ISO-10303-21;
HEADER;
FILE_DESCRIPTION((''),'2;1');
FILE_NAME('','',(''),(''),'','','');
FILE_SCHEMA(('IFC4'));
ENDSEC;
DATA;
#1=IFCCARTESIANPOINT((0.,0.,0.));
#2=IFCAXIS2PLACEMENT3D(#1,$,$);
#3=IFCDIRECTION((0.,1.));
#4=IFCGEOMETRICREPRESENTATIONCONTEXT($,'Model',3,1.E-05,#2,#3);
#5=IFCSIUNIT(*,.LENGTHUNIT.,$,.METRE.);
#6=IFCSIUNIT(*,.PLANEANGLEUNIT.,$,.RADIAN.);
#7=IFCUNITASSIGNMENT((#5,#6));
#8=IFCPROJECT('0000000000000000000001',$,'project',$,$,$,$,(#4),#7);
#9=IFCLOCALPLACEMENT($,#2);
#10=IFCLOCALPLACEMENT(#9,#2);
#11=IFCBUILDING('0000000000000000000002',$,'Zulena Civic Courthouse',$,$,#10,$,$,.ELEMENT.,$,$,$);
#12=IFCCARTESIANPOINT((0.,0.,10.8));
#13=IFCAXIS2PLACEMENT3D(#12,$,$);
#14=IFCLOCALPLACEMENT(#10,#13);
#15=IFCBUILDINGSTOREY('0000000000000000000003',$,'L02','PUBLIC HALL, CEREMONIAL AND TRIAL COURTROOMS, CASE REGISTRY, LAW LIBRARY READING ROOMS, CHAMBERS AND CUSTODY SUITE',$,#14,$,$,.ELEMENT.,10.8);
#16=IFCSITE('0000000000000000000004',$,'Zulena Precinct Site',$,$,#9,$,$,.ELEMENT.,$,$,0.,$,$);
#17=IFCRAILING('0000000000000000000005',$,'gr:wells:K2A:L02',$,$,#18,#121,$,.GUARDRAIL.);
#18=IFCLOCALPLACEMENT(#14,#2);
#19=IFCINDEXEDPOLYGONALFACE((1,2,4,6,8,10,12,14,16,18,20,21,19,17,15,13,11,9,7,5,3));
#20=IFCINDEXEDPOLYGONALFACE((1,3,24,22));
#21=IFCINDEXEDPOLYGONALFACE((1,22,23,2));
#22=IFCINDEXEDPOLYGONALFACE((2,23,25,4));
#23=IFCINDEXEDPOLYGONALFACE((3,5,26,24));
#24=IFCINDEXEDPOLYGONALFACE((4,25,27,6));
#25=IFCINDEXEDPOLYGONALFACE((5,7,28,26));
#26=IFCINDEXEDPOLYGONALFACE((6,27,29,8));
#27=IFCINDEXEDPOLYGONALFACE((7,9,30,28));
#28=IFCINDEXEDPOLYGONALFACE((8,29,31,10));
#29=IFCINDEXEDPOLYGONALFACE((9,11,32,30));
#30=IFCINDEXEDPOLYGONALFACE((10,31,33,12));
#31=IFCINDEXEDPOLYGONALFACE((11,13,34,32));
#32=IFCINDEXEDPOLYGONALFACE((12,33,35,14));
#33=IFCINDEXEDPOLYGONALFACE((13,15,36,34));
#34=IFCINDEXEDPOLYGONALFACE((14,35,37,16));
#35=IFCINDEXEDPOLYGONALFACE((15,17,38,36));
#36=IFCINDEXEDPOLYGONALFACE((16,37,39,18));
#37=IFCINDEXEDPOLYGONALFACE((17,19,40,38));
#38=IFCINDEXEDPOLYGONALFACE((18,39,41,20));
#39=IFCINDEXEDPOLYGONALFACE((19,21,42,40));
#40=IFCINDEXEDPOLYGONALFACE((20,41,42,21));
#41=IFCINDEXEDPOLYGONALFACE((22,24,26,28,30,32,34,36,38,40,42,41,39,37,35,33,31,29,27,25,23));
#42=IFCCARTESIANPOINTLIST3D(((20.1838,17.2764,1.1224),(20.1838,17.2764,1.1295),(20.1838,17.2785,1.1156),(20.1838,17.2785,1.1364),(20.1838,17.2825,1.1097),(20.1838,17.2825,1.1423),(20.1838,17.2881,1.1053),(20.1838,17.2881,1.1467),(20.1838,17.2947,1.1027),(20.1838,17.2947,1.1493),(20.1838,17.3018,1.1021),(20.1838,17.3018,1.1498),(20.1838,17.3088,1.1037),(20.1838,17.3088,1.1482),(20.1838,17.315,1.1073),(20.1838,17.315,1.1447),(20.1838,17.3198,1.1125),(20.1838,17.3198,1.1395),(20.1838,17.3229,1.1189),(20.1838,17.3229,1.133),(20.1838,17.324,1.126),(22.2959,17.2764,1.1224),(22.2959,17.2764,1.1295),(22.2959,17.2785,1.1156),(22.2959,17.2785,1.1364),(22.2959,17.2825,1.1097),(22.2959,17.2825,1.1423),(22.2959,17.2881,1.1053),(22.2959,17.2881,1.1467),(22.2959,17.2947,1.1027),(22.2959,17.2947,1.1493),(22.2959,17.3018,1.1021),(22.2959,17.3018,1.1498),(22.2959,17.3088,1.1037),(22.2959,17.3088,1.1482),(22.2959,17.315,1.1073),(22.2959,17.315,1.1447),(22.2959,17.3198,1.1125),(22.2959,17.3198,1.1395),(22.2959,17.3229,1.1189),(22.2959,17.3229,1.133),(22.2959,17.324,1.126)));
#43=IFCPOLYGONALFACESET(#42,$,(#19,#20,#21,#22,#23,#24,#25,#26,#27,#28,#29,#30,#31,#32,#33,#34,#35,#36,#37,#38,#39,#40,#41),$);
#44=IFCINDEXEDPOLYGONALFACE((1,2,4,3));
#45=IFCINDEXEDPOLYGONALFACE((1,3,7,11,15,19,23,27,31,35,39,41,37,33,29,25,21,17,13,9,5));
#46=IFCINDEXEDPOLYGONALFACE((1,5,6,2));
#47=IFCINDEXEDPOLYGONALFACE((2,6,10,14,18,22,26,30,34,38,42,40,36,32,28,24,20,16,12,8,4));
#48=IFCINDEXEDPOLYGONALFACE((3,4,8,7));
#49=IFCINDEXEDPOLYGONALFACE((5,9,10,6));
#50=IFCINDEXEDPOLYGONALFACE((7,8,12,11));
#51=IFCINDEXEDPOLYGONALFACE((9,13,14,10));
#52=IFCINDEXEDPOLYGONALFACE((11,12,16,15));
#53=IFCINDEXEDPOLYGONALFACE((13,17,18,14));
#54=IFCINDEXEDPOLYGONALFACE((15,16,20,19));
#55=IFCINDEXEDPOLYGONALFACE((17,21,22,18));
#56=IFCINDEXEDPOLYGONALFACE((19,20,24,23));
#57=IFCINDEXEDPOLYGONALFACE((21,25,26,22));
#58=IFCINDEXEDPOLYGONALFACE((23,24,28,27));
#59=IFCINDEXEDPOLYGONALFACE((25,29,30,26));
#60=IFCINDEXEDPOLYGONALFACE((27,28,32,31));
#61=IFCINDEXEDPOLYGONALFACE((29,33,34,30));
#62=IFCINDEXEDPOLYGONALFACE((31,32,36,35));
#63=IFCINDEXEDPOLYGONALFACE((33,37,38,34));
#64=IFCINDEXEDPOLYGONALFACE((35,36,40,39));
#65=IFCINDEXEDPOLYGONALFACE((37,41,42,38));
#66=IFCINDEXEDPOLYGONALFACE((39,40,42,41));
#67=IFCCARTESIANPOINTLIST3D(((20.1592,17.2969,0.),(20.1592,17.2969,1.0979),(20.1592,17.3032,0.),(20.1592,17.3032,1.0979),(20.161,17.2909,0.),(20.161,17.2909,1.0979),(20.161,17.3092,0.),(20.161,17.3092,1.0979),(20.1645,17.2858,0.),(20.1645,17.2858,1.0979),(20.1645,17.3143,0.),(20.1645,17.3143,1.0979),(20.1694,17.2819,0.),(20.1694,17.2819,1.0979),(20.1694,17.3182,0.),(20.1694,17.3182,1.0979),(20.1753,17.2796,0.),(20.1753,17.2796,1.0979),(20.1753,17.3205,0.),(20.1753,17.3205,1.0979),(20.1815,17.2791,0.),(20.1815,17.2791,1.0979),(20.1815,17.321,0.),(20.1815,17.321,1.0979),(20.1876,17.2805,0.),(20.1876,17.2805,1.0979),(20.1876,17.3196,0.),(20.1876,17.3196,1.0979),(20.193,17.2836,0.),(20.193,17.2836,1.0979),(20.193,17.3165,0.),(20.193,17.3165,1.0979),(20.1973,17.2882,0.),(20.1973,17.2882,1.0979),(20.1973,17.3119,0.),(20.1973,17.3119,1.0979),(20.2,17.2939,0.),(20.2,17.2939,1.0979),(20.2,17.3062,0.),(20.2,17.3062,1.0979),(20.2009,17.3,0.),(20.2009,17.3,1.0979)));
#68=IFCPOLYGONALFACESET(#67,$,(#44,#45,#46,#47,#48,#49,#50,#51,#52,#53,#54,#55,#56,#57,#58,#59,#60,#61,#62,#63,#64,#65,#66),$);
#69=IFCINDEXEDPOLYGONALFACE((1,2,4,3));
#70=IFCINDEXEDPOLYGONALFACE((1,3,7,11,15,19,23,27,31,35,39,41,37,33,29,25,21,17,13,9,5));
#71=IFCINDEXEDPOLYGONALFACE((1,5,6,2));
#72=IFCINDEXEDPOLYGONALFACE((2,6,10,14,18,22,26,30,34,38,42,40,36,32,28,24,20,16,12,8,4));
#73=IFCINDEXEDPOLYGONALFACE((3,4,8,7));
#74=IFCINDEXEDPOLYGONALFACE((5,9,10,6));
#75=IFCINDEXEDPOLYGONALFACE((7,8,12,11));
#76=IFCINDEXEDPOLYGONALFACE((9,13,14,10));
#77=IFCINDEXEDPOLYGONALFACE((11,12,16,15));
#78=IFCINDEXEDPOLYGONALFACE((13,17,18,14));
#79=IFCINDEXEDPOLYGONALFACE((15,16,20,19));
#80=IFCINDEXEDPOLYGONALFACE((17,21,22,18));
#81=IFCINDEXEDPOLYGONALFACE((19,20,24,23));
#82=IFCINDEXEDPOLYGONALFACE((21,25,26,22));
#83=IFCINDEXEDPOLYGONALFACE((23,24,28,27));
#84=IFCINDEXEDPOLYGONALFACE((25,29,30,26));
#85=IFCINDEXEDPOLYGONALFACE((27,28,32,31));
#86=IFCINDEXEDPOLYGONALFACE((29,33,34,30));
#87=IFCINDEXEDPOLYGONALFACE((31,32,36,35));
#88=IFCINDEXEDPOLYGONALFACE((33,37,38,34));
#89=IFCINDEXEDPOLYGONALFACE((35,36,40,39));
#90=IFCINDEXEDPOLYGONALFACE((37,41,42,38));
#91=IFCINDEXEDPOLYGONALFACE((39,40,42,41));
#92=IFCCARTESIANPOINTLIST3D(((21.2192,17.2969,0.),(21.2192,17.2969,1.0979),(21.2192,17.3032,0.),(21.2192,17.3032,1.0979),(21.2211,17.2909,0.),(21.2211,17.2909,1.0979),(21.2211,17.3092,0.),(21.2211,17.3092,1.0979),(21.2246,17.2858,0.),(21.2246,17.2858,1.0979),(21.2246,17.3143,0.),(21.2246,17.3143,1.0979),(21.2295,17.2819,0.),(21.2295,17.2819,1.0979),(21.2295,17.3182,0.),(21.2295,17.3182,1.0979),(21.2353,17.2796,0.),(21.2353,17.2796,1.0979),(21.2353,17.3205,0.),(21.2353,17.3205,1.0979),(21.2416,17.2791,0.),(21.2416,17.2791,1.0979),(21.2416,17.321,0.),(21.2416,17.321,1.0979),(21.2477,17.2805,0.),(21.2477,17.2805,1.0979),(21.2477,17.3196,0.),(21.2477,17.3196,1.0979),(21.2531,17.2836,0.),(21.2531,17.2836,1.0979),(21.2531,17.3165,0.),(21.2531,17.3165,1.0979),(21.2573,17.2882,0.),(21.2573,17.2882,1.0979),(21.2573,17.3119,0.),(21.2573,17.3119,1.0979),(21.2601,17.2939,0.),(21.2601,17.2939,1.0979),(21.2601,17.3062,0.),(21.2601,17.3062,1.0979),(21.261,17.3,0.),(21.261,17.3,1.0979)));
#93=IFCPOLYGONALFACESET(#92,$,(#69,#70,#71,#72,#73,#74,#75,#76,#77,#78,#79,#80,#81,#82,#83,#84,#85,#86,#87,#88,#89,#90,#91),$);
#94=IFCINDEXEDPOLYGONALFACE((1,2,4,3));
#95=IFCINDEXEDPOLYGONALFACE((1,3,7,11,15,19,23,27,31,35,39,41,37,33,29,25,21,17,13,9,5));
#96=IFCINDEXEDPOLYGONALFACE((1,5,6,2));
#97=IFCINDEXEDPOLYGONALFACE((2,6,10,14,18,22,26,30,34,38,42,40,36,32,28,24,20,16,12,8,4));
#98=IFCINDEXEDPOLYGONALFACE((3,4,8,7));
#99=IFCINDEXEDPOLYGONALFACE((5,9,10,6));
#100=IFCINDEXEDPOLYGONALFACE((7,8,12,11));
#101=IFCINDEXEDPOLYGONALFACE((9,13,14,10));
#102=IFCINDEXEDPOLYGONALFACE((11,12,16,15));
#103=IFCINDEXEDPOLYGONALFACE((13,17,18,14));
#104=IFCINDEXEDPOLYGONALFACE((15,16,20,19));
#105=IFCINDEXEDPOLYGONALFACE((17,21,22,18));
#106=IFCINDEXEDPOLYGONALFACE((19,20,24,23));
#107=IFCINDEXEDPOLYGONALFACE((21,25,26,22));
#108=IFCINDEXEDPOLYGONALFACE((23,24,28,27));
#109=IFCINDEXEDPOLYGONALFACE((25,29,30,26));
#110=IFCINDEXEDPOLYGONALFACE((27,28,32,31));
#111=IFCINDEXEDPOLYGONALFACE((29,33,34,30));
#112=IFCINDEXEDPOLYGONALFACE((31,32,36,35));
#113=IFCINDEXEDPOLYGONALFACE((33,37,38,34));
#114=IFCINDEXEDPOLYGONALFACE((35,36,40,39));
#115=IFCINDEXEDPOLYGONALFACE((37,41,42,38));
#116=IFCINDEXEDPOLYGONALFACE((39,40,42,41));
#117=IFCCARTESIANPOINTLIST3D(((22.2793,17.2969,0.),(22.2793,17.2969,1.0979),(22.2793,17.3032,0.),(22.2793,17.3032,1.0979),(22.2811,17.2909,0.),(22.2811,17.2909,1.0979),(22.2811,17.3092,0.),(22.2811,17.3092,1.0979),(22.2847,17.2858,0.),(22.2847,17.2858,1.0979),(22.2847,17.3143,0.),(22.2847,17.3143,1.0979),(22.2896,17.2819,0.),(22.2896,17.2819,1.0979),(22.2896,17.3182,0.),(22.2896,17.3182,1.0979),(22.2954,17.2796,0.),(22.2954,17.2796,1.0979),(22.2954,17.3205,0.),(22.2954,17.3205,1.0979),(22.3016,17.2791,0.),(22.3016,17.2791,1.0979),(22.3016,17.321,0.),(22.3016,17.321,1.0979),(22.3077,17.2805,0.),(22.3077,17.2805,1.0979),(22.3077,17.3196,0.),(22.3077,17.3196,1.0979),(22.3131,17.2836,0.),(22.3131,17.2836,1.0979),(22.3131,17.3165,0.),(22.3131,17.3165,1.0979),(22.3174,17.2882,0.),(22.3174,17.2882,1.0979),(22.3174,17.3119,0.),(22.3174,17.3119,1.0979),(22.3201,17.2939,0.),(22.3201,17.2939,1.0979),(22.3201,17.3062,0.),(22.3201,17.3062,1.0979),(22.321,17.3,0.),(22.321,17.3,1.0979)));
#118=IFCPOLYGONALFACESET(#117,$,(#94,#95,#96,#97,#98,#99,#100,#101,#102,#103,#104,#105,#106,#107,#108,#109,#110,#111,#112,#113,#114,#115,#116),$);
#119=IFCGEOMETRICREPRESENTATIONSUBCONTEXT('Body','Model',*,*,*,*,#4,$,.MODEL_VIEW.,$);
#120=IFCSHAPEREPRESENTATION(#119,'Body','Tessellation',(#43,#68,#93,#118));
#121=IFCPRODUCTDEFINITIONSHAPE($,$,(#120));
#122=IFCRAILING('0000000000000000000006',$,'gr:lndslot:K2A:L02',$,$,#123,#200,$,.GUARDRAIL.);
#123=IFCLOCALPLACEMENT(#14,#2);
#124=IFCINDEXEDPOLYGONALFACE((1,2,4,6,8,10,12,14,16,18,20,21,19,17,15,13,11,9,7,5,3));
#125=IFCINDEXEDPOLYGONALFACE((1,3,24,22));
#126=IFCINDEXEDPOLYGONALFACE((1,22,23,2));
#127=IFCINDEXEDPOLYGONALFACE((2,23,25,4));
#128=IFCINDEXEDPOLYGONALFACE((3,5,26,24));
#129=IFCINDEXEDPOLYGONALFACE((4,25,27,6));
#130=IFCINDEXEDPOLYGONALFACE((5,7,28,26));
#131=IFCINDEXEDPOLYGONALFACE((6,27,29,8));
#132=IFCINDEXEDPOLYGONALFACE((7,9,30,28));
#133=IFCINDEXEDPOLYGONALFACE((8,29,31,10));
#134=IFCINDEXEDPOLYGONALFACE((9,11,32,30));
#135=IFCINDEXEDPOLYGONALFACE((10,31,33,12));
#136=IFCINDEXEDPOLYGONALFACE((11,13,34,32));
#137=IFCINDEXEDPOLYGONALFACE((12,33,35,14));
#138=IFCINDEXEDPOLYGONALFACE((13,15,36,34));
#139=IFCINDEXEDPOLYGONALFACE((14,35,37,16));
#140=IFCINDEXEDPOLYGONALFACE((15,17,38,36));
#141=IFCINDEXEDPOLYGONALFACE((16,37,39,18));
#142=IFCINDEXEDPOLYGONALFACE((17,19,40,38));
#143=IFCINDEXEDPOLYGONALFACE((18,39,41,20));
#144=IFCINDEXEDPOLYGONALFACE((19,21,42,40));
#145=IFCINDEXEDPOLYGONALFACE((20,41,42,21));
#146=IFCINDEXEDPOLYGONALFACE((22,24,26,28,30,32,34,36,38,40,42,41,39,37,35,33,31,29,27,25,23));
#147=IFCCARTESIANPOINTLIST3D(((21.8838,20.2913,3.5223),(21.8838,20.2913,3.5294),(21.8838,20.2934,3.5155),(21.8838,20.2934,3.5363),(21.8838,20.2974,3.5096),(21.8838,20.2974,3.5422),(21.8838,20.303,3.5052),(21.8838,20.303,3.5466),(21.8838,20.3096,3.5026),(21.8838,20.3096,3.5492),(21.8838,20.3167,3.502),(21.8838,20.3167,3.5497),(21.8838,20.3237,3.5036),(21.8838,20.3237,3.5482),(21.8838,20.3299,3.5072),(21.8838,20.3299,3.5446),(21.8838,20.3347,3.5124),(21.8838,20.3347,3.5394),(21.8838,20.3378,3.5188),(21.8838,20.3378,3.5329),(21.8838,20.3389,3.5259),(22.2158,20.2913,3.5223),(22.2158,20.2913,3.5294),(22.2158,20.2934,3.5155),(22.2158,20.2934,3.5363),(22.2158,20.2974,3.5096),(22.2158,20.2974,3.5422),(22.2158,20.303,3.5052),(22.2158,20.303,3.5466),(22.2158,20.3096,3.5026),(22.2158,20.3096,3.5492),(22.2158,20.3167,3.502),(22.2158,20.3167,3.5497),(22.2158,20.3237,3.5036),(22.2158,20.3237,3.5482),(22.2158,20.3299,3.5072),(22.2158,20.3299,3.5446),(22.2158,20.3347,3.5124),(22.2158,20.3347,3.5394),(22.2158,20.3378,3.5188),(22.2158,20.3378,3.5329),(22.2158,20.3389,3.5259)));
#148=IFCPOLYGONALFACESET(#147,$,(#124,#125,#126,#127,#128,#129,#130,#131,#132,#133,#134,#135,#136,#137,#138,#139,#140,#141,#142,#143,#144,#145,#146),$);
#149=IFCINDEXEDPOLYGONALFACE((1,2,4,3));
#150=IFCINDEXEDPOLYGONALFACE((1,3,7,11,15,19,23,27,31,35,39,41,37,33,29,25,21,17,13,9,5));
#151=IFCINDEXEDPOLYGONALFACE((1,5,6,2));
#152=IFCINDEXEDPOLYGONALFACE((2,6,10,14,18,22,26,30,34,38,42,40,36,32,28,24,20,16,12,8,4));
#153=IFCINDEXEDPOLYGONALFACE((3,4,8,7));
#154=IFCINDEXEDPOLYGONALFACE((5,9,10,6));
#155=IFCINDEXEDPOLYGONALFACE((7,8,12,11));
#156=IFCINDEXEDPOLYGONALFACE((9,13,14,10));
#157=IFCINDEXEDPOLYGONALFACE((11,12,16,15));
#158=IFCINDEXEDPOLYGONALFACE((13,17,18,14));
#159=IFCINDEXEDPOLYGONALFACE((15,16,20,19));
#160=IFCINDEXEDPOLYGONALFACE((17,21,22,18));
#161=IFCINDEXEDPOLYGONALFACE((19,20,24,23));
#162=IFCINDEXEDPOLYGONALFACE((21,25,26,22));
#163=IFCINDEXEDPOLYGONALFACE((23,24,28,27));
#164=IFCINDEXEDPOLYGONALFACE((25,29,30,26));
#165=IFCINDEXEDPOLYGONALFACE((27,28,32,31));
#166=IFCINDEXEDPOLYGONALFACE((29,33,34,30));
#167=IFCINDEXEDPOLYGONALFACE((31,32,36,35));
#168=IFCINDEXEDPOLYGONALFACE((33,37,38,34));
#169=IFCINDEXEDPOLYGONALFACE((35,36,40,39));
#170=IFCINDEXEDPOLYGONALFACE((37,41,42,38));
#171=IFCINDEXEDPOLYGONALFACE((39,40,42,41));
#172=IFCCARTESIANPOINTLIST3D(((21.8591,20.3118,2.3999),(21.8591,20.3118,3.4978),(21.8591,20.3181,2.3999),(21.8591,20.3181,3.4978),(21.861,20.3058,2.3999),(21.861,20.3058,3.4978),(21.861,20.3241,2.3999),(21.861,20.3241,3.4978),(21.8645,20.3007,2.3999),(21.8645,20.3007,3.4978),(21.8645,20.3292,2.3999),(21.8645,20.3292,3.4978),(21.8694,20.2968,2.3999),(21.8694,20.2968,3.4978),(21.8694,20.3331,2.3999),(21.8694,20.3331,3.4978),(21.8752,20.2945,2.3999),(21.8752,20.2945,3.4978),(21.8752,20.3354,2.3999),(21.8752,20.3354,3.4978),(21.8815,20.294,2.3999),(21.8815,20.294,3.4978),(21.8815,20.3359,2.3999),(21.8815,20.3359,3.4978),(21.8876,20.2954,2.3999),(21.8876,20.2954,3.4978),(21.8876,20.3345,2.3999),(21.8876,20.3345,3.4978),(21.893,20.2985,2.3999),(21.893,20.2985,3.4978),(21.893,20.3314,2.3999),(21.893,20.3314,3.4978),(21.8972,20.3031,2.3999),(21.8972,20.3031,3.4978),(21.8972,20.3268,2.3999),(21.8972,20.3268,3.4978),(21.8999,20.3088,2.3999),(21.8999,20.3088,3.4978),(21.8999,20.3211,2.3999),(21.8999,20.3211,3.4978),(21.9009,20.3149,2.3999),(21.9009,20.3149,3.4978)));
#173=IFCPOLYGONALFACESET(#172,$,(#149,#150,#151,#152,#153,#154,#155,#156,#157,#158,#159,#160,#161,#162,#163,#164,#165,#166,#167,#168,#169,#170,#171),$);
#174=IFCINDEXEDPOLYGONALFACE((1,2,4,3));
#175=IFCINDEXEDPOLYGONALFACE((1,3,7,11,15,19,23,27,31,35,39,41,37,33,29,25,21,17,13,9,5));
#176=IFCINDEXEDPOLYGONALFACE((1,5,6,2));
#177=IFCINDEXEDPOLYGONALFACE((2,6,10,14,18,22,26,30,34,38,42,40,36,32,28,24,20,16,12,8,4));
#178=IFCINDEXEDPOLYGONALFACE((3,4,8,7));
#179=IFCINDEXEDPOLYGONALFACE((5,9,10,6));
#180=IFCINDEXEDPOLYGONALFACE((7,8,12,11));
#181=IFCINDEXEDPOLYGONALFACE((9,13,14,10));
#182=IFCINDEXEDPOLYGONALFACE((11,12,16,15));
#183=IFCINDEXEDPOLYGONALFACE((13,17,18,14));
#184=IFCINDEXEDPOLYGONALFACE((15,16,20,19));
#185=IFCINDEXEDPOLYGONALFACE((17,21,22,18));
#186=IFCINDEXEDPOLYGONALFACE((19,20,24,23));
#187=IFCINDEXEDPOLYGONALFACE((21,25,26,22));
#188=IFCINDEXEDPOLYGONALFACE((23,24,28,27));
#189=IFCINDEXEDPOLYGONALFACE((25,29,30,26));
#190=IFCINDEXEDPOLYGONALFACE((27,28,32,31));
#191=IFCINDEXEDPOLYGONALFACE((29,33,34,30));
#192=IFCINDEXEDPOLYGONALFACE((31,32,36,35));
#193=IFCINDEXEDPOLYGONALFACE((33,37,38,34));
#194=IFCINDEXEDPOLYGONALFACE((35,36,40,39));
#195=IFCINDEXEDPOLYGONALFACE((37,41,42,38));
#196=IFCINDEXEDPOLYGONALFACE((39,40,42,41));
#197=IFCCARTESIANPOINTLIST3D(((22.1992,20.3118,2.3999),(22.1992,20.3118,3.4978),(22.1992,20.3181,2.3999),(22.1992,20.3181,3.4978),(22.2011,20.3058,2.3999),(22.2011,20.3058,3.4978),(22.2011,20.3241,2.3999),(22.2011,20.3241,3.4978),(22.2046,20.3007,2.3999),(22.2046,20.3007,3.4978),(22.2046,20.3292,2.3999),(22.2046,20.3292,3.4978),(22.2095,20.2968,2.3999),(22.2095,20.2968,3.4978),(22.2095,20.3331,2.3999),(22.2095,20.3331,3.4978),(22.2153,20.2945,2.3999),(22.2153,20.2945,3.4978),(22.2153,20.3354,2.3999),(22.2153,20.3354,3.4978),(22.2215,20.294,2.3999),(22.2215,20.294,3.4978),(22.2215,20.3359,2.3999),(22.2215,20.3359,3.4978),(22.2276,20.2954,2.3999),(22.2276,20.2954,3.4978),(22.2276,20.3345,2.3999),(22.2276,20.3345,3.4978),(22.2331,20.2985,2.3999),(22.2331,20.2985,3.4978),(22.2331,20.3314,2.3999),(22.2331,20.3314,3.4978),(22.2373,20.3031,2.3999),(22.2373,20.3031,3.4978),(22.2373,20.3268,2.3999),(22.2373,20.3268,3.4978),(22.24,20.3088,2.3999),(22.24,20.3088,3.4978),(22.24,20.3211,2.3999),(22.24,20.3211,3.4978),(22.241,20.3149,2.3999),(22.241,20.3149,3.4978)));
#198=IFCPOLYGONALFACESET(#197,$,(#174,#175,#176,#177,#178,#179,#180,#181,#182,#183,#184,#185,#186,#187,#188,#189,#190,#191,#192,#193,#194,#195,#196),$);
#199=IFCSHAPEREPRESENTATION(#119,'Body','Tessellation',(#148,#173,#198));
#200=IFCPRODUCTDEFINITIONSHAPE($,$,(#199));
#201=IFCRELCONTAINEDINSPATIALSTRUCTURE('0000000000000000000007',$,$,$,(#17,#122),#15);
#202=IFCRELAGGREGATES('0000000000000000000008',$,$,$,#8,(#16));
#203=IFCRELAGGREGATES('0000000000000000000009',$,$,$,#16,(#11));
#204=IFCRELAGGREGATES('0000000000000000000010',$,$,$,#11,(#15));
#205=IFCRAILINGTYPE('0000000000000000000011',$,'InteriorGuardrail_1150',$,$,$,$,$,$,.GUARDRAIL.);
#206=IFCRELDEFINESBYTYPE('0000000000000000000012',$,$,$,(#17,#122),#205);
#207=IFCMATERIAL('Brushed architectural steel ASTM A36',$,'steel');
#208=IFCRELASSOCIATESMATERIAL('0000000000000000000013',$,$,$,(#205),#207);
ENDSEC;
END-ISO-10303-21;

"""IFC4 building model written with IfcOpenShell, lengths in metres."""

from ifc_helpers import new_model, si_unit, direction, frame, origin, origin_2d, place, context, subcontext, project, spatial, circle, extrude, material, type_object, element, save


model = new_model("IFC4")

# Units and contexts
model_context = context("Model", 3, precision=1e-05, world=origin(), true_north=direction((0.0, 1.0)))
body_context = subcontext(model_context, "Body", "Model", "MODEL_VIEW")
ifc_project = project(units=[si_unit("LENGTHUNIT", "METRE"), si_unit("PLANEANGLEUNIT", "RADIAN")], contexts=[model_context])

# Site, building, storey
site_placement = place(None, origin())
site = spatial("IfcSite", under=ifc_project, at=site_placement, Name="Zulena Precinct Site", CompositionType="ELEMENT", RefElevation=0.0)
building_placement = place(site_placement, origin())
building = spatial("IfcBuilding", under=site, at=building_placement, Name="Zulena Civic Courthouse", CompositionType="ELEMENT")
storey_placement = place(building_placement, frame((0.0, 0.0, 10.8)))
storey = spatial("IfcBuildingStorey", under=building, at=storey_placement, Name="L02", Description="PUBLIC HALL, CEREMONIAL AND TRIAL COURTROOMS, CASE REGISTRY, LAW LIBRARY READING ROOMS, CHAMBERS AND CUSTODY SUITE", CompositionType="ELEMENT", Elevation=10.8)

# Railings
ifc_material_1 = material(Name="Brushed architectural steel ASTM A36", Category="steel")
railing_type_1 = type_object("IfcRailingType", Name="InteriorGuardrail_1150", PredefinedType="GUARDRAIL", material=ifc_material_1)
railing_1_placement = place(storey_placement, frame((20.1799, 17.3, 0.0)))
element("IfcRailing", 1, at=railing_1_placement, inside=storey, type_object=railing_type_1, Name="gr:wells:K2A:L02", PredefinedType="GUARDRAIL", context=body_context, shape_type="SweptSolid", body=[
    extrude(circle(Radius=0.0239, at=origin_2d()), frame((0.0039, 0.0, 1.126), z_axis=(1.0, 0.0, 0.0), x_axis=(0.0, 1.0, 0.0)), (0.0, 0.0, 1.0), 2.1121),
    extrude(circle(Radius=0.021, at=origin_2d()), origin(), (0.0, 0.0, 1.0), 1.0979),
    extrude(circle(Radius=0.021, at=origin_2d()), frame((1.0601, 0.0, 0.0)), (0.0, 0.0, 1.0), 1.0979),
    extrude(circle(Radius=0.021, at=origin_2d()), frame((2.1201, 0.0, 0.0)), (0.0, 0.0, 1.0), 1.0979),
])
railing_2_placement = place(storey_placement, frame((21.8799, 20.3149, 2.3999)))
element("IfcRailing", 2, at=railing_2_placement, inside=storey, type_object=railing_type_1, Name="gr:lndslot:K2A:L02", PredefinedType="GUARDRAIL", context=body_context, shape_type="SweptSolid", body=[
    extrude(circle(Radius=0.0239, at=origin_2d()), frame((0.0039, 0.0, 1.126), z_axis=(1.0, 0.0, 0.0), x_axis=(0.0, 1.0, 0.0)), (0.0, 0.0, 1.0), 0.332),
    extrude(circle(Radius=0.021, at=origin_2d()), origin(), (0.0, 0.0, 1.0), 1.0979),
    extrude(circle(Radius=0.021, at=origin_2d()), frame((0.3401, 0.0, 0.0)), (0.0, 0.0, 1.0), 1.0979),
])

save(model, "model.ifc")
